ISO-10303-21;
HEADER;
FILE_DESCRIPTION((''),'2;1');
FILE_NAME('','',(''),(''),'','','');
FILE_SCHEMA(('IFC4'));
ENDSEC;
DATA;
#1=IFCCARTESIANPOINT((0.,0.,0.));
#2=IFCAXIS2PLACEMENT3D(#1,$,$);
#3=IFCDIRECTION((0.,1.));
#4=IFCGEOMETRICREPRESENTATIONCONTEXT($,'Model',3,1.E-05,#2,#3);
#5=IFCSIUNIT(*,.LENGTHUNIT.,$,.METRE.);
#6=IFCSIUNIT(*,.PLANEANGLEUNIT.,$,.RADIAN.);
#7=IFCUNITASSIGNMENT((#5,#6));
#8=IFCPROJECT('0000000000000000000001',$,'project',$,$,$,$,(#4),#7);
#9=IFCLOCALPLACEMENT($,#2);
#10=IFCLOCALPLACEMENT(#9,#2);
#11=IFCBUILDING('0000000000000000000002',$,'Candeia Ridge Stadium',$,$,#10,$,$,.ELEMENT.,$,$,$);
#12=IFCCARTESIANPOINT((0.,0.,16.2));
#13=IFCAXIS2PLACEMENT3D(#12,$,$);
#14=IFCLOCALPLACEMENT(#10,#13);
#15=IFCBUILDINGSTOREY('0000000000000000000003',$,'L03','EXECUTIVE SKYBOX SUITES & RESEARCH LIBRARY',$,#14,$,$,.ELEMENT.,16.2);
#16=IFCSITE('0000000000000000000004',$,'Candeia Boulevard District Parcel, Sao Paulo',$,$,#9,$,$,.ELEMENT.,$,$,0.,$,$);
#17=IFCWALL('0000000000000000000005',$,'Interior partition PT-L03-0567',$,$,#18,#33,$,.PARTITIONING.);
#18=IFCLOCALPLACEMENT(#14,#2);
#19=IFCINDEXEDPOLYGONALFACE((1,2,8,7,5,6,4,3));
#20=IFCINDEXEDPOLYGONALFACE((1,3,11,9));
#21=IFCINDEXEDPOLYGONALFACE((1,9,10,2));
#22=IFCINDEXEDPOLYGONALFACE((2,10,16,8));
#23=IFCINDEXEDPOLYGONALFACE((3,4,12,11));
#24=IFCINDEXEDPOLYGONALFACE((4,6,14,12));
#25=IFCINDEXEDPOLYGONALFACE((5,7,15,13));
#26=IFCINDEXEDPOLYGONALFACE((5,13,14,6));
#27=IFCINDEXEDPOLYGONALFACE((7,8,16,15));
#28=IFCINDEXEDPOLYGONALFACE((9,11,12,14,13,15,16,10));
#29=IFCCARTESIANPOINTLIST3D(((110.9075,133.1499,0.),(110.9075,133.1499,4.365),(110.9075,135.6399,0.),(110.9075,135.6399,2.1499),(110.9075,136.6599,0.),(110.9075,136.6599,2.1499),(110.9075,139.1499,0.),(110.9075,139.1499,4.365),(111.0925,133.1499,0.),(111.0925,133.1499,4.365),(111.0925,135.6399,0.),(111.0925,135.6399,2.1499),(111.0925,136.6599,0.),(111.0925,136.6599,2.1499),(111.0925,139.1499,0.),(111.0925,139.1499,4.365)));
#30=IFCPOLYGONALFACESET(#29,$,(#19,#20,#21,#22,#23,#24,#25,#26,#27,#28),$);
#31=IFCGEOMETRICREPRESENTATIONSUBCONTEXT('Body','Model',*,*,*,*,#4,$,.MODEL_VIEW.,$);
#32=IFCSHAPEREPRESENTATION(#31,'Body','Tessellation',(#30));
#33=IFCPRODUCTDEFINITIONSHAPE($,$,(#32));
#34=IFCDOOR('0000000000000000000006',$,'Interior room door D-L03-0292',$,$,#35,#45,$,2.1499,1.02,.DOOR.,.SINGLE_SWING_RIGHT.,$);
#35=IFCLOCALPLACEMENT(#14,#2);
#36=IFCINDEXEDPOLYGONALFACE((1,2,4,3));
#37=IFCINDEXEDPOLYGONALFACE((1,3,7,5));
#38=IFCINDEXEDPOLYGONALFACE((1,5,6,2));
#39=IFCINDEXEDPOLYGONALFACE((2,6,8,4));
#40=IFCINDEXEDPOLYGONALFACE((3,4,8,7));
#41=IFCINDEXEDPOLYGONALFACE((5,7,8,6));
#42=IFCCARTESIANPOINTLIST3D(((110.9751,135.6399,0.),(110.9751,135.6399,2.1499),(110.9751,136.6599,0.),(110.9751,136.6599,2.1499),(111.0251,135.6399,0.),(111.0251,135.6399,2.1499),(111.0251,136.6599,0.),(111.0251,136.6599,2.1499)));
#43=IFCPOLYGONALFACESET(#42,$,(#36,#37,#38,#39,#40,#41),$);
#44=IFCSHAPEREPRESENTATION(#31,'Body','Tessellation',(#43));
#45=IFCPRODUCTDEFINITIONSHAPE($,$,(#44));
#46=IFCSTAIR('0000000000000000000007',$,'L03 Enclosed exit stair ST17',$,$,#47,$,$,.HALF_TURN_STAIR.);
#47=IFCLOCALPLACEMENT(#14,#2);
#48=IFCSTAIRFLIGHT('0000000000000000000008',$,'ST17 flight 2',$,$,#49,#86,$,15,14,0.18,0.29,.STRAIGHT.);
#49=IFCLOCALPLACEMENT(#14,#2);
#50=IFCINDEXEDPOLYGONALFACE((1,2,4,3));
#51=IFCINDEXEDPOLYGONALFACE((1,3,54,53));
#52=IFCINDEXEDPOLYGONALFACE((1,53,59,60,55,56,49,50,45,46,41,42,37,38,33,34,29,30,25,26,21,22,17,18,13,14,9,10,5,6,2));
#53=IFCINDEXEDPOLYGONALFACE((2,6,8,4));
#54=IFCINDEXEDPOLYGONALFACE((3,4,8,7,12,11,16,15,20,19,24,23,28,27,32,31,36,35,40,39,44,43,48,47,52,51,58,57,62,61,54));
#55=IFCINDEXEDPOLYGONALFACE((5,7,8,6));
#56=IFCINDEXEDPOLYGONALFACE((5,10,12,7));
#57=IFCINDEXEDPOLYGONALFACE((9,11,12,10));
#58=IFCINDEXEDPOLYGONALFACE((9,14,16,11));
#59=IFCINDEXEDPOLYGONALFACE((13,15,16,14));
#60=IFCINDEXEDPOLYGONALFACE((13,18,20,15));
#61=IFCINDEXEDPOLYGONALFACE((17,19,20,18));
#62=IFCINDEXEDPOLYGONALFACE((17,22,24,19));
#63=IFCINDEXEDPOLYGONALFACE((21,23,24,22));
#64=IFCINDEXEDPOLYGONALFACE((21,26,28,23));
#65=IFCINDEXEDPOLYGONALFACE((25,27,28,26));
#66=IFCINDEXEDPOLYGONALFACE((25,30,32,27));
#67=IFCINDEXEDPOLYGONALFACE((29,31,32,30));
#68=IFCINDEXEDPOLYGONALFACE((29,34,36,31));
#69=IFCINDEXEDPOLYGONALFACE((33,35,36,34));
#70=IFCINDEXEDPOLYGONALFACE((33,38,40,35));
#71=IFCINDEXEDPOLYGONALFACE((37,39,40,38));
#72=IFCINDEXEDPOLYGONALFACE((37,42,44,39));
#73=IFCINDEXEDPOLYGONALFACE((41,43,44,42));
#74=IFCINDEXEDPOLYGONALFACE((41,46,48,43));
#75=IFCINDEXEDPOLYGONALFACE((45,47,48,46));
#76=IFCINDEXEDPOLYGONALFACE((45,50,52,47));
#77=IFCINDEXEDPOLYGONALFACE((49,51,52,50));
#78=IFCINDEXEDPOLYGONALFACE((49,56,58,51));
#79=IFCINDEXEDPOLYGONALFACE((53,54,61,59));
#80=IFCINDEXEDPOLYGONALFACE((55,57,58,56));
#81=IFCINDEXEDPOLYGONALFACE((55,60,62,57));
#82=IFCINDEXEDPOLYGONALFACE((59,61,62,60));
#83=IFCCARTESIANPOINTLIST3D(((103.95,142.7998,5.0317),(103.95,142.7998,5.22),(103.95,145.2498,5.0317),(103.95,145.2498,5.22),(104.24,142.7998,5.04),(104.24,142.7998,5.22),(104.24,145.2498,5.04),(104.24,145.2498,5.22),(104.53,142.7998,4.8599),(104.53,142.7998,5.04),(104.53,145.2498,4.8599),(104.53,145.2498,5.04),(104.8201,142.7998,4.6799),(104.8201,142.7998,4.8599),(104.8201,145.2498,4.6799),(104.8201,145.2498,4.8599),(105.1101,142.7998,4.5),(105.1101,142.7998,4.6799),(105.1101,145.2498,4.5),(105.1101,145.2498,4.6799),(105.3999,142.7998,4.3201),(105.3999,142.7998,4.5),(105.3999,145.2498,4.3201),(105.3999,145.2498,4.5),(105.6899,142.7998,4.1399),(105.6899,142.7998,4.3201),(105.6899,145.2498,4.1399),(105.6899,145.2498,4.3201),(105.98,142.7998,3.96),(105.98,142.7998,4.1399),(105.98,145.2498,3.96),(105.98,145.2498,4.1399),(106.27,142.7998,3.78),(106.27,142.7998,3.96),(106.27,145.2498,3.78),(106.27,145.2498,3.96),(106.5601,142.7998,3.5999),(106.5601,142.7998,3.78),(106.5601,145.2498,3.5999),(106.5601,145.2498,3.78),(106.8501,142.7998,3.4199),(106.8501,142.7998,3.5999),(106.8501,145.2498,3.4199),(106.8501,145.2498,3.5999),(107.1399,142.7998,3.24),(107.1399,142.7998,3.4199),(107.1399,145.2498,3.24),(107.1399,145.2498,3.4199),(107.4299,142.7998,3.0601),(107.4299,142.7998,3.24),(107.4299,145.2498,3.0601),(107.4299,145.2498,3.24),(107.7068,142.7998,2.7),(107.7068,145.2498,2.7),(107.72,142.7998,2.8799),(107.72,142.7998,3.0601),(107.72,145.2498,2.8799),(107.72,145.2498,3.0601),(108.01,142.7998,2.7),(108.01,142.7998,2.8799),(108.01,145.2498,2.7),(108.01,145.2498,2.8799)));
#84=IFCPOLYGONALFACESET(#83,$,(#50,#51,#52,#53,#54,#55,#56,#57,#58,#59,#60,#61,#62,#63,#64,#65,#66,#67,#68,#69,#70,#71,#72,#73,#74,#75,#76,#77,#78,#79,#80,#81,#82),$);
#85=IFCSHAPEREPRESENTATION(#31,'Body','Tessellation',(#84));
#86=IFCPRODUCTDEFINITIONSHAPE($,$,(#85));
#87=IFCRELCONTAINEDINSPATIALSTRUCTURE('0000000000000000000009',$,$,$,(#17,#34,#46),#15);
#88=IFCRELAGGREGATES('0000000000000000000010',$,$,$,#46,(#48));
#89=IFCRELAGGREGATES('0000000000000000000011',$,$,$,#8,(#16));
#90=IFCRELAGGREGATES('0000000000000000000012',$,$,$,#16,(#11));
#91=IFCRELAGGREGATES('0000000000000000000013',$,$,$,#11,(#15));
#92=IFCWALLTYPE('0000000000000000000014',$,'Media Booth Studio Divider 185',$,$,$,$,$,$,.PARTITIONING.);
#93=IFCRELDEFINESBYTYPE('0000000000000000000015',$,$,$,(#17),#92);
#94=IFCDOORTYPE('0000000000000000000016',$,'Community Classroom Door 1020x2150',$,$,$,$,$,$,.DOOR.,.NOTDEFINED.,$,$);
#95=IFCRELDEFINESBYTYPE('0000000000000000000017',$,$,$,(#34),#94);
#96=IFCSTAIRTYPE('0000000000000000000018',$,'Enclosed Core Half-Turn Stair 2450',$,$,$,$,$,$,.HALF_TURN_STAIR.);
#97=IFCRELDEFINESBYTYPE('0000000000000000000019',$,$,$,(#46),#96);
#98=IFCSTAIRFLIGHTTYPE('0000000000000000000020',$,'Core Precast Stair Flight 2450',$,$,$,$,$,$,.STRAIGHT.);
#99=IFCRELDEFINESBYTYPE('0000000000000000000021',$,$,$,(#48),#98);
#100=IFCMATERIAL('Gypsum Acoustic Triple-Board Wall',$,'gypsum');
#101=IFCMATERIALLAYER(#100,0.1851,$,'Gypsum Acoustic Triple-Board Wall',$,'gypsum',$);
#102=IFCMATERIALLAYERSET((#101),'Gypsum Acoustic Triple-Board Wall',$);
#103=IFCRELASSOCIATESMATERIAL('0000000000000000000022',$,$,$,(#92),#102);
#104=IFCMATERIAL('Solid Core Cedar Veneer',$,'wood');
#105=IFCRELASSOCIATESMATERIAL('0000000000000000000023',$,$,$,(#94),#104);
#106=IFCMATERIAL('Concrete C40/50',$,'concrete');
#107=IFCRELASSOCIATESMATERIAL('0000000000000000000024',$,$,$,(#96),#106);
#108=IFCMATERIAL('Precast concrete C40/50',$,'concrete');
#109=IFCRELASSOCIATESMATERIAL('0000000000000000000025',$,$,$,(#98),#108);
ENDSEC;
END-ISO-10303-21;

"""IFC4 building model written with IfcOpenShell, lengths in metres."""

from ifc_helpers import new_model, si_unit, direction, frame, frame_2d, origin, place, context, subcontext, project, spatial, polyline, rectangle, outline, extrude, material, layer, layer_set, type_object, element, fill, aggregate, save


model = new_model("IFC4")

# Units and contexts
model_context = context("Model", 3, precision=1e-05, world=origin(), true_north=direction((0.0, 1.0)))
body_context = subcontext(model_context, "Body", "Model", "MODEL_VIEW")
ifc_project = project(units=[si_unit("LENGTHUNIT", "METRE"), si_unit("PLANEANGLEUNIT", "RADIAN")], contexts=[model_context])

# Site, building, storey
site_placement = place(None, origin())
site = spatial("IfcSite", under=ifc_project, at=site_placement, Name="Candeia Boulevard District Parcel, Sao Paulo", CompositionType="ELEMENT", RefElevation=0.0)
building_placement = place(site_placement, origin())
building = spatial("IfcBuilding", under=site, at=building_placement, Name="Candeia Ridge Stadium", CompositionType="ELEMENT")
storey_placement = place(building_placement, frame((0.0, 0.0, 16.2)))
storey = spatial("IfcBuildingStorey", under=building, at=storey_placement, Name="L03", Description="EXECUTIVE SKYBOX SUITES & RESEARCH LIBRARY", CompositionType="ELEMENT", Elevation=16.2)

# Shared definitions
ifc_material_1 = material(Name="Concrete C40/50", Category="concrete")

# Wall, opening, door
ifc_material_2 = material(Name="Gypsum Acoustic Triple-Board Wall", Category="gypsum")
ifc_layer_1 = layer(ifc_material_2, 0.1851, Name="Gypsum Acoustic Triple-Board Wall", Category="gypsum")
ifc_layer_set_1 = layer_set([ifc_layer_1], Name="Gypsum Acoustic Triple-Board Wall")
wall_type_1 = type_object("IfcWallType", Name="Media Booth Studio Divider 185", PredefinedType="PARTITIONING", material=ifc_layer_set_1)
wall_1_placement = place(storey_placement, frame((111.0, 133.1499, 0.0), z_axis=(0.0, 0.0, 1.0), x_axis=(0.0, 1.0, 0.0)))
wall_1 = element("IfcWall", 1, at=wall_1_placement, inside=storey, type_object=wall_type_1, Name="Interior partition PT-L03-0567", PredefinedType="PARTITIONING", context=body_context, shape_type="SweptSolid", body=[
    extrude(rectangle(XDim=6.0, YDim=0.1851, at=frame_2d((3.0, 0.0))), origin(), (0.0, 0.0, 1.0), 4.365),
])
opening_placement = place(wall_1_placement, frame((2.49, 0.0, 0.0)))
opening = element("IfcOpeningElement", 2, at=opening_placement, cuts=wall_1, PredefinedType="OPENING", context=body_context, shape_type="SweptSolid", body=[
    extrude(rectangle(XDim=1.02, YDim=2.1499, at=frame_2d((0.51, 1.075))), frame((0.0, 0.1025, 0.0), z_axis=(0.0, -1.0, 0.0), x_axis=(1.0, 0.0, 0.0)), (0.0, 0.0, 1.0), 0.2051),
])
ifc_material_3 = material(Name="Solid Core Cedar Veneer", Category="wood")
door_type = type_object("IfcDoorType", Name="Community Classroom Door 1020x2150", OperationType="NOTDEFINED", PredefinedType="DOOR", material=ifc_material_3)
door_placement = place(opening_placement, origin())
door = element("IfcDoor", 3, at=door_placement, inside=storey, type_object=door_type, Name="Interior room door D-L03-0292", OperationType="SINGLE_SWING_RIGHT", OverallHeight=2.1499, OverallWidth=1.02, PredefinedType="DOOR", context=body_context, shape_type="SweptSolid", body=[
    extrude(rectangle(XDim=1.02, YDim=2.1499, at=frame_2d((0.51, 1.075))), frame((0.0, 0.0249, 0.0), z_axis=(0.0, -1.0, 0.0), x_axis=(1.0, 0.0, 0.0)), (0.0, 0.0, 1.0), 0.05),
])
fill(opening, door)

# Stair, stair flight
stair_type = type_object("IfcStairType", Name="Enclosed Core Half-Turn Stair 2450", PredefinedType="HALF_TURN_STAIR", material=ifc_material_1)
stair_placement = place(storey_placement, origin())
stair = element("IfcStair", 4, at=stair_placement, inside=storey, type_object=stair_type, Name="L03 Enclosed exit stair ST17", PredefinedType="HALF_TURN_STAIR")
ifc_material_4 = material(Name="Precast concrete C40/50", Category="concrete")
stair_flight_type = type_object("IfcStairFlightType", Name="Core Precast Stair Flight 2450", PredefinedType="STRAIGHT", material=ifc_material_4)
stair_flight_placement = place(storey_placement, frame((108.01, 144.0249, 2.7), z_axis=(0.0, 0.0, 1.0), x_axis=(-1.0, 0.0, 0.0)))
stair_flight = element("IfcStairFlight", 5, at=stair_flight_placement, type_object=stair_flight_type, Name="ST17 flight 2", NumberOfRisers=15, NumberOfTreads=14, PredefinedType="STRAIGHT", RiserHeight=0.18, TreadLength=0.29, context=body_context, shape_type="SweptSolid", body=[
    extrude(outline(polyline([(0.0, 0.0), (0.0, 0.1799), (0.29, 0.1799), (0.29, 0.3601), (0.5801, 0.3601), (0.5801, 0.54), (0.8701, 0.54), (0.8701, 0.72), (1.1599, 0.72), (1.1599, 0.8999), (1.45, 0.8999), (1.45, 1.0801), (1.74, 1.0801), (1.74, 1.26), (2.03, 1.26), (2.03, 1.4399), (2.3201, 1.4399), (2.3201, 1.6201), (2.6101, 1.6201), (2.6101, 1.8), (2.8999, 1.8), (2.8999, 1.98), (3.1899, 1.98), (3.1899, 2.1599), (3.48, 2.1599), (3.48, 2.3401), (3.77, 2.3401), (3.77, 2.52), (4.0601, 2.52), (4.0601, 2.7), (4.0601, 2.3318), (0.3032, 0.0), (0.0, 0.0)])), frame((0.0, 1.2251, 0.0), z_axis=(0.0, -1.0, 0.0), x_axis=(1.0, 0.0, 0.0)), (0.0, 0.0, 1.0), 2.45),
])
aggregate(stair, [stair_flight])

save(model, "model.ifc")
